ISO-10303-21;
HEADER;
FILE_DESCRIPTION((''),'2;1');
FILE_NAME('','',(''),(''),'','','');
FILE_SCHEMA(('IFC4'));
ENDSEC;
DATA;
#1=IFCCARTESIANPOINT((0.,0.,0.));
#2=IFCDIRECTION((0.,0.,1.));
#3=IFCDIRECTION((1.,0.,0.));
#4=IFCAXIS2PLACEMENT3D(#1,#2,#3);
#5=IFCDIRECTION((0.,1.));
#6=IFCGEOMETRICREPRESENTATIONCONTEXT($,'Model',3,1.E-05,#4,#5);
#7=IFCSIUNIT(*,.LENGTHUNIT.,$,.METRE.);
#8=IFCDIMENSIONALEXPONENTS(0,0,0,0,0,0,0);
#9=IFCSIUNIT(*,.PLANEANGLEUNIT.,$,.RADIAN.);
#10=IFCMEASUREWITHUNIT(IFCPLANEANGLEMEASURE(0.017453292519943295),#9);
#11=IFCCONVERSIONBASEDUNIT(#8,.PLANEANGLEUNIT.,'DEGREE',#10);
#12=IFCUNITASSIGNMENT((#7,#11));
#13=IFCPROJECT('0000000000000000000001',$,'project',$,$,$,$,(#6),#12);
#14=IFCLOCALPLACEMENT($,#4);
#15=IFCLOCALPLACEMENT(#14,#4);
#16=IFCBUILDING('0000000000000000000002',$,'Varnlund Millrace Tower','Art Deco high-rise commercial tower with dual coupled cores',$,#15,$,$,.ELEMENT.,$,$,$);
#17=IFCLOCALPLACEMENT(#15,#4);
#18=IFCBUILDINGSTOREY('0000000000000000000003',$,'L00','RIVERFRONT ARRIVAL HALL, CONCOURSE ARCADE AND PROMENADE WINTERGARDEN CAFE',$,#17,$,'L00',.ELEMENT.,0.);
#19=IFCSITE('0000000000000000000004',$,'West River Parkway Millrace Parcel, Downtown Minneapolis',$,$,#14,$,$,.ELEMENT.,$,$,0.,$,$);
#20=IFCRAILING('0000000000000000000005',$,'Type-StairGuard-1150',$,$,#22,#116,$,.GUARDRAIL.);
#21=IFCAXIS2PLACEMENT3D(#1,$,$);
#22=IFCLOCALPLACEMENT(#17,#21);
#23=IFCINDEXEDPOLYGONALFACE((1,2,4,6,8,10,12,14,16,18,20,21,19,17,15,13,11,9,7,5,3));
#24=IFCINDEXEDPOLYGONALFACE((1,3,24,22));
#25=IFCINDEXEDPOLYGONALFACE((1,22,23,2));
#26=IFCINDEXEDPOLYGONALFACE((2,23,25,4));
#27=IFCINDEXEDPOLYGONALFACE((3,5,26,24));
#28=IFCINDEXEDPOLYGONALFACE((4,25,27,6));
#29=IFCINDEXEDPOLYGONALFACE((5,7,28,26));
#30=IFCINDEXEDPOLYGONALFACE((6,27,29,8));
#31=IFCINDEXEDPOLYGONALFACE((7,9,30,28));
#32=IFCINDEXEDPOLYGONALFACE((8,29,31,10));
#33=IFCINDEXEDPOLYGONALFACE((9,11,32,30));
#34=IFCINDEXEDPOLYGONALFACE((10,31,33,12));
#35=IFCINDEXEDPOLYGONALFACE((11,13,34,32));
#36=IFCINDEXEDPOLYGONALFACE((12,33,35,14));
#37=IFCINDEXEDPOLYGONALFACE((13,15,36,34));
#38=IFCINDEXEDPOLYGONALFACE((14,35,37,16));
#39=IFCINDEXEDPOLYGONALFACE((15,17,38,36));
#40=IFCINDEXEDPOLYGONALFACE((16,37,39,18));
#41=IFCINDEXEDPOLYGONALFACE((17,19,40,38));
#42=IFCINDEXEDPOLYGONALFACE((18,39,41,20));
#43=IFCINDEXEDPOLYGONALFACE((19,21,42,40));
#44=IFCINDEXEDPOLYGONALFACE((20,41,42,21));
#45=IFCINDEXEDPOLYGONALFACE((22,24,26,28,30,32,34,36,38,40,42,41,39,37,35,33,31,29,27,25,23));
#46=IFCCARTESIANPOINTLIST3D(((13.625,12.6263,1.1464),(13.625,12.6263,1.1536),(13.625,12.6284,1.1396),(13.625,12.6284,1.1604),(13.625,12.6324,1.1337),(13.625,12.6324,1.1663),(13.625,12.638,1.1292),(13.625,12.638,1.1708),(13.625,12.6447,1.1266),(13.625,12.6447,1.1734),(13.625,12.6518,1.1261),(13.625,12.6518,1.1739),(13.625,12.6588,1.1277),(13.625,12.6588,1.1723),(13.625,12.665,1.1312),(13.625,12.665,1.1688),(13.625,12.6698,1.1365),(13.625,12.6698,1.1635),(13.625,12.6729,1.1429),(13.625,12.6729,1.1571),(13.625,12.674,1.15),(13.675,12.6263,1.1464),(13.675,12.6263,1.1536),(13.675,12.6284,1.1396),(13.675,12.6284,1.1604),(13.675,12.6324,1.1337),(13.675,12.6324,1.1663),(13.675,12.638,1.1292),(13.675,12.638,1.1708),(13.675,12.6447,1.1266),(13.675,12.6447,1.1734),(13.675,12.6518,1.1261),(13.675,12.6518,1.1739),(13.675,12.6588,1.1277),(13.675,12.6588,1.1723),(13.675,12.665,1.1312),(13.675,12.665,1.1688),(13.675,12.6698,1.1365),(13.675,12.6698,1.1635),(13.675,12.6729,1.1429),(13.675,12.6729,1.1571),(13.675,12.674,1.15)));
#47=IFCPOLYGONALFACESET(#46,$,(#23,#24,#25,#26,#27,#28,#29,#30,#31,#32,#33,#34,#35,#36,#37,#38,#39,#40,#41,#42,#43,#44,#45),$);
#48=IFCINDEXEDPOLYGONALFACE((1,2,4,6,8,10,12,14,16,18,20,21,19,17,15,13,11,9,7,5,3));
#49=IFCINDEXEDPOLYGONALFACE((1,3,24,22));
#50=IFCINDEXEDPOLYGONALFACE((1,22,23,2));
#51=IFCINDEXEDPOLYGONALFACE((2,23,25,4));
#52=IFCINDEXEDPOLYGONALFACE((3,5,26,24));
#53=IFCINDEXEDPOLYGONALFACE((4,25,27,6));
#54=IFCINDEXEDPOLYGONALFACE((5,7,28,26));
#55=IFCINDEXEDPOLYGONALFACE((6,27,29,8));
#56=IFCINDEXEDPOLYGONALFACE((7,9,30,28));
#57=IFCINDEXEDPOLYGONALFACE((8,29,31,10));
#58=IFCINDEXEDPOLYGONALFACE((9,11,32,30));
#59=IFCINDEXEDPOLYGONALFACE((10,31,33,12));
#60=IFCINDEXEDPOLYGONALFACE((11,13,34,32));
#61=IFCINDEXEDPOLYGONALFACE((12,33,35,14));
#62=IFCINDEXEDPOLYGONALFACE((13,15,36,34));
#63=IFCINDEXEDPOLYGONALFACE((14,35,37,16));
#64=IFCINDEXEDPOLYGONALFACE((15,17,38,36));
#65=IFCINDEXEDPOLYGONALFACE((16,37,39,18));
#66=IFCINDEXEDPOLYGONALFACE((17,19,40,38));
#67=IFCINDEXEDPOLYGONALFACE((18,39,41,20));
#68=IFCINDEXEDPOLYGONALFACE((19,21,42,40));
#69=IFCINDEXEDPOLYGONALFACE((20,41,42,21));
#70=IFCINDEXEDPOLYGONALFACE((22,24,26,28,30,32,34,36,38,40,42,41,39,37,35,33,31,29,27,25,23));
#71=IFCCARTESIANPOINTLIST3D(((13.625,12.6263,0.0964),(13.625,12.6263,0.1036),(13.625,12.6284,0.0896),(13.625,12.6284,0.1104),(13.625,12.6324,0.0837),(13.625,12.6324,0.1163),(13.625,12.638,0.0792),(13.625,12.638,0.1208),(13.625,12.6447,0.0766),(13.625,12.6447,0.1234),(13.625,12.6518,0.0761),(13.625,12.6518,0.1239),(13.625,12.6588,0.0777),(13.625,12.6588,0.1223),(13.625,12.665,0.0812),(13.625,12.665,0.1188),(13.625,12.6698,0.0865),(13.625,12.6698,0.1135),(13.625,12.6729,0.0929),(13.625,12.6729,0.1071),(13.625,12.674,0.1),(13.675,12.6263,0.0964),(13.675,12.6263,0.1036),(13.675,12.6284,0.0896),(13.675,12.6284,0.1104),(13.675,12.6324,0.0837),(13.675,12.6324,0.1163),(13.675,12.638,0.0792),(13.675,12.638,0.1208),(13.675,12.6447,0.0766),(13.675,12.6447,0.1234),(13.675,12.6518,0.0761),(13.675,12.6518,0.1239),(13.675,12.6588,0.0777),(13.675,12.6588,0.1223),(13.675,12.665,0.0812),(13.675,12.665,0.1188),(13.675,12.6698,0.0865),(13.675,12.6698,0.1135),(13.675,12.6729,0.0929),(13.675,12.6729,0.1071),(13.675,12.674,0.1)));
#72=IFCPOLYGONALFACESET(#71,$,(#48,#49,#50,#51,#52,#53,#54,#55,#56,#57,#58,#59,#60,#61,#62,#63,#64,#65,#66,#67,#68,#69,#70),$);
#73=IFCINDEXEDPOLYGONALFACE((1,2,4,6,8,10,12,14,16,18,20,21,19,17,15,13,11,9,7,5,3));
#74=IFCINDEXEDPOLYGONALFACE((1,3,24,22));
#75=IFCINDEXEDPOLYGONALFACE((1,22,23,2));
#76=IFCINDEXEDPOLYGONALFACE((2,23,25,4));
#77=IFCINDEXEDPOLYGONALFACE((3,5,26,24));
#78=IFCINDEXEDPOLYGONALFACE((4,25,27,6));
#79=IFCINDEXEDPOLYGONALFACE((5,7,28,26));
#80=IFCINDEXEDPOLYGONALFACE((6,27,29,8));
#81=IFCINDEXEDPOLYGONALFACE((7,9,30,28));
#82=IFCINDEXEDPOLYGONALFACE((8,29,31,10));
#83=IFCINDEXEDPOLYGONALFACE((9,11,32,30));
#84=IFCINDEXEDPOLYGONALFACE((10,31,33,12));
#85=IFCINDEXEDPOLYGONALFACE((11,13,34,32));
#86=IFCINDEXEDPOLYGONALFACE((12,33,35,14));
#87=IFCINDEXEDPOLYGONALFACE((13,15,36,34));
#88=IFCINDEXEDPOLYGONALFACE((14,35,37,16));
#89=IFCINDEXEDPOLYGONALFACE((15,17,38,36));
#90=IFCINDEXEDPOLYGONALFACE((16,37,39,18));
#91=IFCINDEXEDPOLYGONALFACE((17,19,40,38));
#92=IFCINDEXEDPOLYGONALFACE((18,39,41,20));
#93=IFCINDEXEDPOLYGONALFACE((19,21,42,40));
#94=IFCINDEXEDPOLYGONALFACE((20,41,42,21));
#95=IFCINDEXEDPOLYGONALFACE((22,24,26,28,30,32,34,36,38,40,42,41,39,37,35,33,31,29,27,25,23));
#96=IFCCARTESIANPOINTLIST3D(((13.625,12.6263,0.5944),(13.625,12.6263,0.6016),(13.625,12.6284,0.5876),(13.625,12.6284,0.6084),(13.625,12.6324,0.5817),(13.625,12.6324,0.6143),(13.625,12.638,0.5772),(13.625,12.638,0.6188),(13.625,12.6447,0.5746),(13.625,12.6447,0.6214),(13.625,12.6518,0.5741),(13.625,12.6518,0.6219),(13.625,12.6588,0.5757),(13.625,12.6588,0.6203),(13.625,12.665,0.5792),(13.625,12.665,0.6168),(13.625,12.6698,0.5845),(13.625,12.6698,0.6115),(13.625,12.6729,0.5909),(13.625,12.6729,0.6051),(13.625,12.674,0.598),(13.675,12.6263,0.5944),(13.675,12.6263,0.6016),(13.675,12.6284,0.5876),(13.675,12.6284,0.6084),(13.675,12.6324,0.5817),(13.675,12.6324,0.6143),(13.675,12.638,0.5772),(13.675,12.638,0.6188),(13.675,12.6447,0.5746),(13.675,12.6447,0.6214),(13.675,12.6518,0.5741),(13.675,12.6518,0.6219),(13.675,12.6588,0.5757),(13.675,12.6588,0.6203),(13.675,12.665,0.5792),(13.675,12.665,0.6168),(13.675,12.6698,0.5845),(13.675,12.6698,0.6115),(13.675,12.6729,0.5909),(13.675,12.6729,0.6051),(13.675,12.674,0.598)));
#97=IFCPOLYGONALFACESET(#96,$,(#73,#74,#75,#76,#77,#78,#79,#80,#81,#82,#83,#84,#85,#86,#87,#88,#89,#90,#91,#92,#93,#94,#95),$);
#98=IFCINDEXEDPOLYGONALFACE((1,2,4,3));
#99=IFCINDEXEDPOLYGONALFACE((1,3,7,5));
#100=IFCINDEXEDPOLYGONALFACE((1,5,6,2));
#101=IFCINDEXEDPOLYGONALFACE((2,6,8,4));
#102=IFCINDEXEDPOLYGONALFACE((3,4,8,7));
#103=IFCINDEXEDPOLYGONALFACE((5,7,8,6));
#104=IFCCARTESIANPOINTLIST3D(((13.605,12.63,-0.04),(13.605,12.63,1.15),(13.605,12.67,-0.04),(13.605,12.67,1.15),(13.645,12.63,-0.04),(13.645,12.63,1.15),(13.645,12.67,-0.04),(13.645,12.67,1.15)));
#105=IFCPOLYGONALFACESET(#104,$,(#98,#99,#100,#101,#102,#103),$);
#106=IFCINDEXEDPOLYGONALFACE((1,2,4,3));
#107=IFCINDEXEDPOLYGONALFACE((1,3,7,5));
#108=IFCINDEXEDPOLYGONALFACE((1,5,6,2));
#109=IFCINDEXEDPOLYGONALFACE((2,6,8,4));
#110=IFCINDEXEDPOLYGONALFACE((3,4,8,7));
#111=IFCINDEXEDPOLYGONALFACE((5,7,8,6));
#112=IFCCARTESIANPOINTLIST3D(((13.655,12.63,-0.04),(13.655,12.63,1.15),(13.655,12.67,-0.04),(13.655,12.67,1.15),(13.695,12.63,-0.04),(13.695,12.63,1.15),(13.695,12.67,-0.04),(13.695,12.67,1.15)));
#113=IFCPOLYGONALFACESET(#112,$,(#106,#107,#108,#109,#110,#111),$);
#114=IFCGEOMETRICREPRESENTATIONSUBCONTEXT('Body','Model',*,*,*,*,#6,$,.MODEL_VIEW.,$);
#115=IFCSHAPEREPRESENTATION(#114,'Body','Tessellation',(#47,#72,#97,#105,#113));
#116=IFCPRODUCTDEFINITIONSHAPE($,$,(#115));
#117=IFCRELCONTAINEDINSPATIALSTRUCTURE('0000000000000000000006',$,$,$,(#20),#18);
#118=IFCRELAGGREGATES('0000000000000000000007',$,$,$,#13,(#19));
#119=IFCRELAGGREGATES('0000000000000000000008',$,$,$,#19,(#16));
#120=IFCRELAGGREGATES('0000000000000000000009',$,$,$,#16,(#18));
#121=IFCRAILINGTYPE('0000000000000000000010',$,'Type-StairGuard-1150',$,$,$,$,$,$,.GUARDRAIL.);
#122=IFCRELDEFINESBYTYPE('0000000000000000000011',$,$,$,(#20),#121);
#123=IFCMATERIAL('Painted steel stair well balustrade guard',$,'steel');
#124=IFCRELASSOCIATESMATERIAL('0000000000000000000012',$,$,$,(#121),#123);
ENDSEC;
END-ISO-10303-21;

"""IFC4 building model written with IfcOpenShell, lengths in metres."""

from ifc_helpers import new_model, entity, si_unit, converted_unit, direction, frame, origin_with_axes, origin_2d_with_axis, place, context, subcontext, project, spatial, rectangle, circle, extrude, material, type_object, element, save


model = new_model("IFC4")

# Units and contexts
model_context = context("Model", 3, precision=1e-05, world=origin_with_axes(), true_north=direction((0.0, 1.0)))
body_context = subcontext(model_context, "Body", "Model", "MODEL_VIEW")
ifc_project = project(units=[si_unit("LENGTHUNIT", "METRE"), converted_unit("PLANEANGLEUNIT", "DEGREE", entity("IfcPlaneAngleMeasure", 0.017453292519943295), si_unit("PLANEANGLEUNIT", "RADIAN"), dimensions=[0, 0, 0, 0, 0, 0, 0])], contexts=[model_context])

# Site, building, storey
site_placement = place(None, origin_with_axes())
site = spatial("IfcSite", under=ifc_project, at=site_placement, Name="West River Parkway Millrace Parcel, Downtown Minneapolis", CompositionType="ELEMENT", RefElevation=0.0)
building_placement = place(site_placement, origin_with_axes())
building = spatial("IfcBuilding", under=site, at=building_placement, Name="Varnlund Millrace Tower", Description="Art Deco high-rise commercial tower with dual coupled cores", CompositionType="ELEMENT")
storey_placement = place(building_placement, origin_with_axes())
storey = spatial("IfcBuildingStorey", under=building, at=storey_placement, Name="L00", Description="RIVERFRONT ARRIVAL HALL, CONCOURSE ARCADE AND PROMENADE WINTERGARDEN CAFE", LongName="L00", CompositionType="ELEMENT", Elevation=0.0)

# Railing
ifc_material_1 = material(Name="Painted steel stair well balustrade guard", Category="steel")
railing_type_1 = type_object("IfcRailingType", Name="Type-StairGuard-1150", PredefinedType="GUARDRAIL", material=ifc_material_1)
railing_1_placement = place(storey_placement, origin_with_axes())
element("IfcRailing", 1, at=railing_1_placement, inside=storey, type_object=railing_type_1, Name="Type-StairGuard-1150", PredefinedType="GUARDRAIL", context=body_context, shape_type="SweptSolid", body=[
    extrude(circle(Radius=0.024, at=origin_2d_with_axis()), frame((13.625, 12.65, 1.15), z_axis=(1.0, 0.0, 0.0), x_axis=(0.0, 1.0, 0.0)), (0.0, 0.0, 1.0), 0.05),
    extrude(circle(Radius=0.024, at=origin_2d_with_axis()), frame((13.625, 12.65, 0.1), z_axis=(1.0, 0.0, 0.0), x_axis=(0.0, 1.0, 0.0)), (0.0, 0.0, 1.0), 0.05),
    extrude(circle(Radius=0.024, at=origin_2d_with_axis()), frame((13.625, 12.65, 0.598), z_axis=(1.0, 0.0, 0.0), x_axis=(0.0, 1.0, 0.0)), (0.0, 0.0, 1.0), 0.05),
    extrude(rectangle(XDim=0.04, YDim=0.04, at=origin_2d_with_axis()), frame((13.625, 12.65, -0.04), z_axis=(0.0, 0.0, 1.0), x_axis=(1.0, 0.0, 0.0)), (0.0, 0.0, 1.0), 1.19),
    extrude(rectangle(XDim=0.04, YDim=0.04, at=origin_2d_with_axis()), frame((13.675, 12.65, -0.04), z_axis=(0.0, 0.0, 1.0), x_axis=(1.0, 0.0, 0.0)), (0.0, 0.0, 1.0), 1.19),
])

save(model, "model.ifc")
